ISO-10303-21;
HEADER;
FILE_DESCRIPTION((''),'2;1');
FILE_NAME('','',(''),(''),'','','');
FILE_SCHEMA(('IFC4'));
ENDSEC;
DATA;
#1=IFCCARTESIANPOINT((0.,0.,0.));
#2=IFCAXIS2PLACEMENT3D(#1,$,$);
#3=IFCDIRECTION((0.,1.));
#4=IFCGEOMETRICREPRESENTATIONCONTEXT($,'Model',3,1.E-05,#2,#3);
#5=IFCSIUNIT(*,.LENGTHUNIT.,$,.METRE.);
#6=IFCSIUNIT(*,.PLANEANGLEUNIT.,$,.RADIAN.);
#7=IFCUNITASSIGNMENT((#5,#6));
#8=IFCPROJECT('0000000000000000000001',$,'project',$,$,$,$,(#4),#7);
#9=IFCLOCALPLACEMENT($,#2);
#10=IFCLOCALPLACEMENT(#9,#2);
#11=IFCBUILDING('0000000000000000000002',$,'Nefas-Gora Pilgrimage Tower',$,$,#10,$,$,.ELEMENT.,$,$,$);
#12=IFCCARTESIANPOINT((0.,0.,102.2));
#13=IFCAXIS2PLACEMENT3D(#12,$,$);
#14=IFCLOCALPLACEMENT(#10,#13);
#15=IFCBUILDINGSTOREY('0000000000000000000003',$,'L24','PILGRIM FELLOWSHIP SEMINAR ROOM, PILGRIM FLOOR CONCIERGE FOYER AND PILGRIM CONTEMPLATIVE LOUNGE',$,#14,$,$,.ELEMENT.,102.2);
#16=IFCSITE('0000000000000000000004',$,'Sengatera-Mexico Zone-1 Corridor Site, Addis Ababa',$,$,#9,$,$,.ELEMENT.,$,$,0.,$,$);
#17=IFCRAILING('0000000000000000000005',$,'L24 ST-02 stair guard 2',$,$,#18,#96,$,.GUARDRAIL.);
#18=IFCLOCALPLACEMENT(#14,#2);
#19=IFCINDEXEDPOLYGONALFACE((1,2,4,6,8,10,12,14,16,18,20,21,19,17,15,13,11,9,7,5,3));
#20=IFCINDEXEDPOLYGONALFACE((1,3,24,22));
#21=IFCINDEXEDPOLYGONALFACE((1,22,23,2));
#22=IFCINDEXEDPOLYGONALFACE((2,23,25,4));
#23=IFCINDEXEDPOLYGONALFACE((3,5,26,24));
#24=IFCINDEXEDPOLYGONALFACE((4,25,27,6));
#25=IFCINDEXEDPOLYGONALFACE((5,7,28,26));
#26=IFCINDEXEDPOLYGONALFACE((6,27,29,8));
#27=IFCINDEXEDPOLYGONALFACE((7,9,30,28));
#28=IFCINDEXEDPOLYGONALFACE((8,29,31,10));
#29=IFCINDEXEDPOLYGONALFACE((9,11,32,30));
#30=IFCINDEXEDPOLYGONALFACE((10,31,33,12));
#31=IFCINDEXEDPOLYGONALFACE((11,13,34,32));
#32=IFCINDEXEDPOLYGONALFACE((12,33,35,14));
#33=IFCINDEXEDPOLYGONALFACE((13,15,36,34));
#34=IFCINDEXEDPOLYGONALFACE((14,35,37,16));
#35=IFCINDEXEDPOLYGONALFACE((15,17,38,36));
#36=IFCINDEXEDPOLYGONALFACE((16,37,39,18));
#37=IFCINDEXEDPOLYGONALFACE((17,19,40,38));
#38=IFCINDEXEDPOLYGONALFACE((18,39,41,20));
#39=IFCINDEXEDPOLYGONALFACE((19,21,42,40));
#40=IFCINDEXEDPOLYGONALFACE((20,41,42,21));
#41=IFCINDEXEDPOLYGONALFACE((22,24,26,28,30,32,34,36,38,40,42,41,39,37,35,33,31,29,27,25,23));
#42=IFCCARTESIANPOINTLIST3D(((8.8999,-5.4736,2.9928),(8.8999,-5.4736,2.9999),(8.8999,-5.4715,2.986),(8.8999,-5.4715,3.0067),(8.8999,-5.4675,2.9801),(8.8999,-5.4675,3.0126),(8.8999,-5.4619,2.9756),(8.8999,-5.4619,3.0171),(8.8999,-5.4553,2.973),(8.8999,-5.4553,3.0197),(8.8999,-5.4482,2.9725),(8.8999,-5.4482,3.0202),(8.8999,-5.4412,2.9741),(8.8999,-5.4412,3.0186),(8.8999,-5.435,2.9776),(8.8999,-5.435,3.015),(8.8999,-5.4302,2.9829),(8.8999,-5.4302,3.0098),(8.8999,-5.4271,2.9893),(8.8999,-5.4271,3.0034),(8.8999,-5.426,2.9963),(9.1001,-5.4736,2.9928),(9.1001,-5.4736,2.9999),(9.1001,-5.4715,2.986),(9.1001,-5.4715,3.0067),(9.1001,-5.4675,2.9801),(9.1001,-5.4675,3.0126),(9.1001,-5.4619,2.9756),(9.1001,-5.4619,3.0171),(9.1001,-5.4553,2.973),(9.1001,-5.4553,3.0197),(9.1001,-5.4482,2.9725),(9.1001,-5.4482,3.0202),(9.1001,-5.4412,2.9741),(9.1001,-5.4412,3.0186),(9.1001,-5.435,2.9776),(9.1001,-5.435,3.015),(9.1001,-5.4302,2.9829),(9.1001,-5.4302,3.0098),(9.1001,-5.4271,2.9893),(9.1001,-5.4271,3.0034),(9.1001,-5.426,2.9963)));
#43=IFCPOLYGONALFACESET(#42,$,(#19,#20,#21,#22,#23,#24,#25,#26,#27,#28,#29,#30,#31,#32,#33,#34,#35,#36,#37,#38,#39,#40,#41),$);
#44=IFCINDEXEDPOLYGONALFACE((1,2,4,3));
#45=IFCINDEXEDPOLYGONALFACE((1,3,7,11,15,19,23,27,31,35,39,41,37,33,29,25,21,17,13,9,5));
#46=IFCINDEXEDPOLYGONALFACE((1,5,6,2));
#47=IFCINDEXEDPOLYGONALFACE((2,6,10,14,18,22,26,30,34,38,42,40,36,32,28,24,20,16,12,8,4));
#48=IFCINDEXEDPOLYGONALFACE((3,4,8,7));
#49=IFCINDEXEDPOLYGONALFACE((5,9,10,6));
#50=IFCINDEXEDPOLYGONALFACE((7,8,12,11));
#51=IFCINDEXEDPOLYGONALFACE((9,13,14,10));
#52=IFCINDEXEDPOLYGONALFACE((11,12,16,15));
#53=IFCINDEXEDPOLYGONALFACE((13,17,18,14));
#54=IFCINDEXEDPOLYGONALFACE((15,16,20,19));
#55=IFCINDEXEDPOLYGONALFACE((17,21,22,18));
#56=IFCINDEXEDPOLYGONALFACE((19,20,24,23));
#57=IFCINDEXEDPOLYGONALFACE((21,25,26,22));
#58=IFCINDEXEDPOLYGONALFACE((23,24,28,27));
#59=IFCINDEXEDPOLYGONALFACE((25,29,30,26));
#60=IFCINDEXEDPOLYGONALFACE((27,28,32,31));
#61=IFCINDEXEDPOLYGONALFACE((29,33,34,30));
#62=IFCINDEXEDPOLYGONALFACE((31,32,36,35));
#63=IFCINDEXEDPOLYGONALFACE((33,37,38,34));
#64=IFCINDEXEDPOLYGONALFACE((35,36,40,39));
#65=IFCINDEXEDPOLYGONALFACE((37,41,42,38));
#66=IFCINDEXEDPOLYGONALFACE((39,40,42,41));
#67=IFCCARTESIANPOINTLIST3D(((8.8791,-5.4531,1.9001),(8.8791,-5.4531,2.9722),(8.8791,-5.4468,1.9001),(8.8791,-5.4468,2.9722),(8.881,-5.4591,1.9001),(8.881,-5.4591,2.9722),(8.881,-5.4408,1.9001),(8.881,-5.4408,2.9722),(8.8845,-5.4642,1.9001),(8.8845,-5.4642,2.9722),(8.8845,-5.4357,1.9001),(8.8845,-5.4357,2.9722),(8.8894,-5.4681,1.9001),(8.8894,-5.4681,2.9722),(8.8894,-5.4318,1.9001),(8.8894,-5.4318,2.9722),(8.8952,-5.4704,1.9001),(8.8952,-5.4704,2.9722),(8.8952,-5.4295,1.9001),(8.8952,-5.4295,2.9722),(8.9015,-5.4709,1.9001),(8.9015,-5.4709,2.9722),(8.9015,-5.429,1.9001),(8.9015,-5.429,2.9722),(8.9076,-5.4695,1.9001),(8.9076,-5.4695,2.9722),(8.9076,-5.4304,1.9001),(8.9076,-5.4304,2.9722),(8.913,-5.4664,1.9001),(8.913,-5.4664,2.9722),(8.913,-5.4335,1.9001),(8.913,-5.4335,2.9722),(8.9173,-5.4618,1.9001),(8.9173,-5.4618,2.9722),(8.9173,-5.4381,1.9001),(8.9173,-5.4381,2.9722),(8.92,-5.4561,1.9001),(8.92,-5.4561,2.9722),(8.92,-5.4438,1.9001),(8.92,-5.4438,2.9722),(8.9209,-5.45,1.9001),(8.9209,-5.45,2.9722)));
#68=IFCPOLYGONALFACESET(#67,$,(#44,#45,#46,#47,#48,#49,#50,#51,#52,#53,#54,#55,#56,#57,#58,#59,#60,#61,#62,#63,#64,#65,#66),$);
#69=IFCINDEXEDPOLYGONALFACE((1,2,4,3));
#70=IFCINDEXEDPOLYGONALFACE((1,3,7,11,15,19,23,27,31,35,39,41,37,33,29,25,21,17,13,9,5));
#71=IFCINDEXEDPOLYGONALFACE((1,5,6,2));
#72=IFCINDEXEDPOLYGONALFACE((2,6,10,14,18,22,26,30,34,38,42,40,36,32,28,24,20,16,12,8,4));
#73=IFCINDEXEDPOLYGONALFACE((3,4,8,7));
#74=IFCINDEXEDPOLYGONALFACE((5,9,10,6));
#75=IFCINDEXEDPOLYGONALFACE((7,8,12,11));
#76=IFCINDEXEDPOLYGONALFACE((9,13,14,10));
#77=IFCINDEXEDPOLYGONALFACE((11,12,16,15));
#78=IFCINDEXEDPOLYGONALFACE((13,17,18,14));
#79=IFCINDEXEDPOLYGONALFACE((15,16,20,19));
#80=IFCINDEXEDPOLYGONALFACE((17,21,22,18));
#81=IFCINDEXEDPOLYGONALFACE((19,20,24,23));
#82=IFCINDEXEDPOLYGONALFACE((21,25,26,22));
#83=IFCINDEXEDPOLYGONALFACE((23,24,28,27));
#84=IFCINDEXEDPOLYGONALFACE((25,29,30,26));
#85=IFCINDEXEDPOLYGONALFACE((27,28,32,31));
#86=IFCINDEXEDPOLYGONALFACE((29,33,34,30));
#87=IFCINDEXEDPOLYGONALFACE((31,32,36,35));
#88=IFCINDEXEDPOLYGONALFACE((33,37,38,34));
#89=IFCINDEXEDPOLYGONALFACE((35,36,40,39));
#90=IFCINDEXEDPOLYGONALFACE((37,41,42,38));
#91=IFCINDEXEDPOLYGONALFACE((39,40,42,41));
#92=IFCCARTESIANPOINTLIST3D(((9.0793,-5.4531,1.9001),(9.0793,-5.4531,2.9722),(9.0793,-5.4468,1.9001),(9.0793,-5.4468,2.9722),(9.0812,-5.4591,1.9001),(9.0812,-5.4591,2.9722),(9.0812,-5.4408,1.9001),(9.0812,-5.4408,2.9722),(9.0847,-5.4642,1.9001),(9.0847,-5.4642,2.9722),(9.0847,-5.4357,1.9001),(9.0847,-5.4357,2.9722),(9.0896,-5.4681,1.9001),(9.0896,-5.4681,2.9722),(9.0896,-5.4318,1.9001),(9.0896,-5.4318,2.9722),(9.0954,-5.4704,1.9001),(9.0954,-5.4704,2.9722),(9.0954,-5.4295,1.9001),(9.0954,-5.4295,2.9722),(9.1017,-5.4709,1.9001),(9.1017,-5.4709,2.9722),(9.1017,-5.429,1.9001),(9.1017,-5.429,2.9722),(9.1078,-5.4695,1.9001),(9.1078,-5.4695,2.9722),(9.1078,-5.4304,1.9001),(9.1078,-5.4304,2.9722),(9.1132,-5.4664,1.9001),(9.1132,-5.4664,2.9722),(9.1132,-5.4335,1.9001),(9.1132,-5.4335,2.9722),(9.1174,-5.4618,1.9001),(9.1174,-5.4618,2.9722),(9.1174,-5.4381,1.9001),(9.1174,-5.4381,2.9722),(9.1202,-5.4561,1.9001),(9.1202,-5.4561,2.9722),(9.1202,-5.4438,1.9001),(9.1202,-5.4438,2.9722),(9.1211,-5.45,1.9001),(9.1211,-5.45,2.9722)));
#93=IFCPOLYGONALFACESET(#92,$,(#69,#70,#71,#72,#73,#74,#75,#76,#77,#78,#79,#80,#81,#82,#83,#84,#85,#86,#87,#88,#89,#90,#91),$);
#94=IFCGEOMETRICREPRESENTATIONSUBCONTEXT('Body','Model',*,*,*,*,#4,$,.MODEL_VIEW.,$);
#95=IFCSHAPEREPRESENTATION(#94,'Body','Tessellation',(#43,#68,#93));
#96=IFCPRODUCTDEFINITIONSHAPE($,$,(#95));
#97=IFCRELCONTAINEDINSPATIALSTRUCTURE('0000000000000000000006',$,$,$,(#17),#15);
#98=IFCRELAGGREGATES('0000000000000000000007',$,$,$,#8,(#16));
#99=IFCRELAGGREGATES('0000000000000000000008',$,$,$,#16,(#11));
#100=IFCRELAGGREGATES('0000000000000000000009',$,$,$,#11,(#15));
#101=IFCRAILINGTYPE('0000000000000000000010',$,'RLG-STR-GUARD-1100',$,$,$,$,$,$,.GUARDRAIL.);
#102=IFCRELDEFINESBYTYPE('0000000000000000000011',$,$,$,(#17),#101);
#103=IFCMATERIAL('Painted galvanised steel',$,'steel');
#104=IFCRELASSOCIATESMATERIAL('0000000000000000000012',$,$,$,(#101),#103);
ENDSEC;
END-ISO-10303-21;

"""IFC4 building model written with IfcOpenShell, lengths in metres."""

from ifc_helpers import new_model, si_unit, direction, frame, origin, origin_2d, place, context, subcontext, project, spatial, circle, extrude, material, type_object, element, save


model = new_model("IFC4")

# Units and contexts
model_context = context("Model", 3, precision=1e-05, world=origin(), true_north=direction((0.0, 1.0)))
body_context = subcontext(model_context, "Body", "Model", "MODEL_VIEW")
ifc_project = project(units=[si_unit("LENGTHUNIT", "METRE"), si_unit("PLANEANGLEUNIT", "RADIAN")], contexts=[model_context])

# Site, building, storey
site_placement = place(None, origin())
site = spatial("IfcSite", under=ifc_project, at=site_placement, Name="Sengatera-Mexico Zone-1 Corridor Site, Addis Ababa", CompositionType="ELEMENT", RefElevation=0.0)
building_placement = place(site_placement, origin())
building = spatial("IfcBuilding", under=site, at=building_placement, Name="Nefas-Gora Pilgrimage Tower", CompositionType="ELEMENT")
storey_placement = place(building_placement, frame((0.0, 0.0, 102.2)))
storey = spatial("IfcBuildingStorey", under=building, at=storey_placement, Name="L24", Description="PILGRIM FELLOWSHIP SEMINAR ROOM, PILGRIM FLOOR CONCIERGE FOYER AND PILGRIM CONTEMPLATIVE LOUNGE", CompositionType="ELEMENT", Elevation=102.2)

# Railing
ifc_material_1 = material(Name="Painted galvanised steel", Category="steel")
railing_type_1 = type_object("IfcRailingType", Name="RLG-STR-GUARD-1100", PredefinedType="GUARDRAIL", material=ifc_material_1)
railing_1_placement = place(storey_placement, frame((8.8999, -5.45, 1.9001)))
element("IfcRailing", 1, at=railing_1_placement, inside=storey, type_object=railing_type_1, Name="L24 ST-02 stair guard 2", PredefinedType="GUARDRAIL", context=body_context, shape_type="SweptSolid", body=[
    extrude(circle(Radius=0.0239, at=origin_2d()), frame((0.0, 0.0, 1.0962), z_axis=(1.0, 0.0, 0.0), x_axis=(0.0, 1.0, 0.0)), (0.0, 0.0, 1.0), 0.2002),
    extrude(circle(Radius=0.021, at=origin_2d()), origin(), (0.0, 0.0, 1.0), 1.072),
    extrude(circle(Radius=0.021, at=origin_2d()), frame((0.2002, 0.0, 0.0)), (0.0, 0.0, 1.0), 1.072),
])

save(model, "model.ifc")
